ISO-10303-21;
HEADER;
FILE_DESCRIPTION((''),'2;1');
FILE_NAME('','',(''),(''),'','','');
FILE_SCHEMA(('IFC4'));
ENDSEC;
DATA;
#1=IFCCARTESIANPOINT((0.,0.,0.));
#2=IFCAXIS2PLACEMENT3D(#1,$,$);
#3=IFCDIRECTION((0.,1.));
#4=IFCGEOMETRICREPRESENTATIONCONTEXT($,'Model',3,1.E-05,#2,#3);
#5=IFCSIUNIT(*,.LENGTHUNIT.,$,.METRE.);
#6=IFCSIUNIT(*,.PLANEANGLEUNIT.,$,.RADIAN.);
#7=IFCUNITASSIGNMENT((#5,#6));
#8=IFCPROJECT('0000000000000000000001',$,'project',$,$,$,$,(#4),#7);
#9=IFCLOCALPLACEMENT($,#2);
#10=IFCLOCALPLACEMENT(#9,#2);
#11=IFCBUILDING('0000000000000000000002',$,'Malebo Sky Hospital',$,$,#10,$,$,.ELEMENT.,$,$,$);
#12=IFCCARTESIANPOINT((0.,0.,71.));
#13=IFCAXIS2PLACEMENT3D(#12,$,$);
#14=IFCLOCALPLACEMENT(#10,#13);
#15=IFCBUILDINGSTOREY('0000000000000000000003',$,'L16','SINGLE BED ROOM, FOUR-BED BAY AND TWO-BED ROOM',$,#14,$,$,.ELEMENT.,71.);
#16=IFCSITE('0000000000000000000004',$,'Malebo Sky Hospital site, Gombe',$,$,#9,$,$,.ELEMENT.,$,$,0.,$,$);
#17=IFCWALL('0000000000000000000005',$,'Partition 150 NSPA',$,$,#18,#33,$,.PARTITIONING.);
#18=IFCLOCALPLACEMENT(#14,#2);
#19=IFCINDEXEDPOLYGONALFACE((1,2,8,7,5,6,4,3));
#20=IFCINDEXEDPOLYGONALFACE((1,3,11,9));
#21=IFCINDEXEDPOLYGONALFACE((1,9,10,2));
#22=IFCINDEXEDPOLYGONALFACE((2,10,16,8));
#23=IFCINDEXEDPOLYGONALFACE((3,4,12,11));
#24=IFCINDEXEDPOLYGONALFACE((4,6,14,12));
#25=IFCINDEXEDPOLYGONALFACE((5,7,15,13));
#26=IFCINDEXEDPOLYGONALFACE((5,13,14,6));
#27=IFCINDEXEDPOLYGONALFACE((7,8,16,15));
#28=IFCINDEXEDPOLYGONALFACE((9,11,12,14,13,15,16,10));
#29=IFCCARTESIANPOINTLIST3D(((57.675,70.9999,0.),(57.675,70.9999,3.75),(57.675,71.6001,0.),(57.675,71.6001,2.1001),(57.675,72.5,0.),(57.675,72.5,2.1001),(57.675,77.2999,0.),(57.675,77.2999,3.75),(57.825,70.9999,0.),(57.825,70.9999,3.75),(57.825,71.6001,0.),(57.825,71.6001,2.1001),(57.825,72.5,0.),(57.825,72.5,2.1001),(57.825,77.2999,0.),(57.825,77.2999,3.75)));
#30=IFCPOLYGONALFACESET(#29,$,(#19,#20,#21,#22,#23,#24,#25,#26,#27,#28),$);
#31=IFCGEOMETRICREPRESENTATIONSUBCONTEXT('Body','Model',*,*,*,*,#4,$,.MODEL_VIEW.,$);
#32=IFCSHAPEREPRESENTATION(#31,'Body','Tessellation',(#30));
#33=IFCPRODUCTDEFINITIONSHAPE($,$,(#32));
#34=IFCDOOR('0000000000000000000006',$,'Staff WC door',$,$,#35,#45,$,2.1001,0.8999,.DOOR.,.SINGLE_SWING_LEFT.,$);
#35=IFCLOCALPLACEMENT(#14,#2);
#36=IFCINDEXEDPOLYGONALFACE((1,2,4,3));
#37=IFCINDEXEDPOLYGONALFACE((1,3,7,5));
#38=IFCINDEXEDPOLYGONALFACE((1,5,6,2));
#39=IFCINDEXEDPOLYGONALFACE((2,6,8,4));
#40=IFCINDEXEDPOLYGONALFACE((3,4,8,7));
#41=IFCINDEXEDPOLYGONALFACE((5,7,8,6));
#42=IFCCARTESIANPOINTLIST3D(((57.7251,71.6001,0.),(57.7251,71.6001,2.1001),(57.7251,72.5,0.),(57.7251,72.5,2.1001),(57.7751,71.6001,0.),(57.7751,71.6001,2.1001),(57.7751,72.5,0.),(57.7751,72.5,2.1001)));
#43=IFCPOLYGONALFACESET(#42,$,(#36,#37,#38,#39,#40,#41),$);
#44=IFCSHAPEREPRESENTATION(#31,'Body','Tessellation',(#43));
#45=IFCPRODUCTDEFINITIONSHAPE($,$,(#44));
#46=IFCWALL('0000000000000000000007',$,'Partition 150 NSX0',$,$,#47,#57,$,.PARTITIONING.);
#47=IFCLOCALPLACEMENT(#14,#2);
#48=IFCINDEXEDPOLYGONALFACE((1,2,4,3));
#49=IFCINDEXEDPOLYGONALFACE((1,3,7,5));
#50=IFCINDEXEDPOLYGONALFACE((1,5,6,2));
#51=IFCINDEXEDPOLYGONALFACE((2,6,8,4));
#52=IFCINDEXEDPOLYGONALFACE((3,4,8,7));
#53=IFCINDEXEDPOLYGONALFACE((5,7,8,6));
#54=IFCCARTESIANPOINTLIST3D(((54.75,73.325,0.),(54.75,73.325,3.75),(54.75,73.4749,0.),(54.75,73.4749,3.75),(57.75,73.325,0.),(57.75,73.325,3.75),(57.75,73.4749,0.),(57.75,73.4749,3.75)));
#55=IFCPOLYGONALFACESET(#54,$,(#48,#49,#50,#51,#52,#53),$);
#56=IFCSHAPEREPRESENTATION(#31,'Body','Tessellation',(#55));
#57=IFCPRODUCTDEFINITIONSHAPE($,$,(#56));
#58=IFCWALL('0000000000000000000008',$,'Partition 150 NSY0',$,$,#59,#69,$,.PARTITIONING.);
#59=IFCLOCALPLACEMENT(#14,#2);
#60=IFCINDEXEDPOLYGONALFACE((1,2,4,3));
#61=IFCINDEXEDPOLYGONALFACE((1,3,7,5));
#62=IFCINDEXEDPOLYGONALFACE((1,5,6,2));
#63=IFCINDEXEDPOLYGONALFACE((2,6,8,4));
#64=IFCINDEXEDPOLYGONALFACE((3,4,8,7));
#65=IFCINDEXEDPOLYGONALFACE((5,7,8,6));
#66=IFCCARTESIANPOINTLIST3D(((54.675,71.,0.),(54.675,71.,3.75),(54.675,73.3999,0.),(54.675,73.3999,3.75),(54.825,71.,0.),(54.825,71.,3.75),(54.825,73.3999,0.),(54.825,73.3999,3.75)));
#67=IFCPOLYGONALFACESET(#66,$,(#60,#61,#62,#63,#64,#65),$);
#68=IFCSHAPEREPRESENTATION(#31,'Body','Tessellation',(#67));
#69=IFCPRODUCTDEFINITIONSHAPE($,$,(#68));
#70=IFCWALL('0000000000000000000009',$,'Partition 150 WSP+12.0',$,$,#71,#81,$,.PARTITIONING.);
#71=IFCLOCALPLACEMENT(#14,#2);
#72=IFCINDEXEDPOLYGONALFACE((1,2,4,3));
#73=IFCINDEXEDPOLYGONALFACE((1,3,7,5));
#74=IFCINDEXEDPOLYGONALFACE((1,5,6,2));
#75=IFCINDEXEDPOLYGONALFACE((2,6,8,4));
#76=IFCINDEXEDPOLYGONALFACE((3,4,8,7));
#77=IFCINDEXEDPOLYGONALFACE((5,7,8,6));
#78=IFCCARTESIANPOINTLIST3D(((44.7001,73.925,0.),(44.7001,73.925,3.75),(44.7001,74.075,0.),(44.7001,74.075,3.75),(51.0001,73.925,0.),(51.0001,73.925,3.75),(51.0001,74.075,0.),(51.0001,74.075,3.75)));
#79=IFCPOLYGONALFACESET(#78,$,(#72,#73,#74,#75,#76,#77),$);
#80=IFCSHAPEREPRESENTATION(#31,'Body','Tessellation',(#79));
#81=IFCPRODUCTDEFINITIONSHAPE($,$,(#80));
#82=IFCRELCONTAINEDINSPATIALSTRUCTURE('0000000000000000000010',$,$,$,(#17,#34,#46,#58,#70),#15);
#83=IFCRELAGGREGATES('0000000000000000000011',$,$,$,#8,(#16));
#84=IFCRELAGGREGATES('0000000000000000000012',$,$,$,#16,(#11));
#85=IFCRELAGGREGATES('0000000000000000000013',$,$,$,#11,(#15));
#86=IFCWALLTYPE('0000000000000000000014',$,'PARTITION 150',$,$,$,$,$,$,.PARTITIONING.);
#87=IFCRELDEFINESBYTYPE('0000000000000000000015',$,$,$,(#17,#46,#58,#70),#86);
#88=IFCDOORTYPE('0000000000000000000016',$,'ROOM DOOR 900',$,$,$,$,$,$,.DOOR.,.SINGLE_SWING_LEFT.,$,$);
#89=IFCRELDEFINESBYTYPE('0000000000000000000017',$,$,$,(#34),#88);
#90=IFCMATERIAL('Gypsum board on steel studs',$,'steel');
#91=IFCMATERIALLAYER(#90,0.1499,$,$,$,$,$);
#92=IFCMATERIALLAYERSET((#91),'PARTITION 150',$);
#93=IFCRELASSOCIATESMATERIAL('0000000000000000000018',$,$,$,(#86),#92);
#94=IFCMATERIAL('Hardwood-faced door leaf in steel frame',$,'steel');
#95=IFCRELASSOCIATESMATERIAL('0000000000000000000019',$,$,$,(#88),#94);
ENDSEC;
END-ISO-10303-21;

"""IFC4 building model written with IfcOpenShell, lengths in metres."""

from ifc_helpers import new_model, si_unit, direction, frame, frame_2d, origin, place, context, subcontext, project, spatial, rectangle, extrude, material, layer, layer_set, type_object, element, fill, save


model = new_model("IFC4")

# Units and contexts
model_context = context("Model", 3, precision=1e-05, world=origin(), true_north=direction((0.0, 1.0)))
body_context = subcontext(model_context, "Body", "Model", "MODEL_VIEW")
ifc_project = project(units=[si_unit("LENGTHUNIT", "METRE"), si_unit("PLANEANGLEUNIT", "RADIAN")], contexts=[model_context])

# Site, building, storey
site_placement = place(None, origin())
site = spatial("IfcSite", under=ifc_project, at=site_placement, Name="Malebo Sky Hospital site, Gombe", CompositionType="ELEMENT", RefElevation=0.0)
building_placement = place(site_placement, origin())
building = spatial("IfcBuilding", under=site, at=building_placement, Name="Malebo Sky Hospital", CompositionType="ELEMENT")
storey_placement = place(building_placement, frame((0.0, 0.0, 71.0)))
storey = spatial("IfcBuildingStorey", under=building, at=storey_placement, Name="L16", Description="SINGLE BED ROOM, FOUR-BED BAY AND TWO-BED ROOM", CompositionType="ELEMENT", Elevation=71.0)

# Shared definitions
ifc_material_1 = material(Name="Gypsum board on steel studs", Category="steel")
ifc_material_2 = material(Name="Hardwood-faced door leaf in steel frame", Category="steel")

# Shared definitions
ifc_layer_1 = layer(ifc_material_1, 0.1499)
ifc_layer_set_1 = layer_set([ifc_layer_1], Name="PARTITION 150")
wall_type_1 = type_object("IfcWallType", Name="PARTITION 150", PredefinedType="PARTITIONING", material=ifc_layer_set_1)

# Wall, opening, door
wall_1_placement = place(storey_placement, frame((57.75, 71.0, 0.0), z_axis=(0.0, 0.0, 1.0), x_axis=(0.0, 1.0, 0.0)))
wall_1 = element("IfcWall", 1, at=wall_1_placement, inside=storey, type_object=wall_type_1, Name="Partition 150 NSPA", PredefinedType="PARTITIONING", context=body_context, shape_type="SweptSolid", body=[
    extrude(rectangle(XDim=6.3, YDim=0.1499, at=frame_2d((3.1499, 0.0))), origin(), (0.0, 0.0, 1.0), 3.75),
])
opening_1_placement = place(wall_1_placement, frame((0.6001, 0.0, 0.0)))
opening_1 = element("IfcOpeningElement", 2, at=opening_1_placement, cuts=wall_1, PredefinedType="OPENING", context=body_context, shape_type="SweptSolid", body=[
    extrude(rectangle(XDim=0.8999, YDim=2.1001, at=frame_2d((0.45, 1.05))), frame((0.0, 0.085, 0.0), z_axis=(0.0, -1.0, 0.0), x_axis=(1.0, 0.0, 0.0)), (0.0, 0.0, 1.0), 0.1699),
])
door_type_1 = type_object("IfcDoorType", Name="ROOM DOOR 900", OperationType="SINGLE_SWING_LEFT", PredefinedType="DOOR", material=ifc_material_2)
door_1_placement = place(opening_1_placement, origin())
door_1 = element("IfcDoor", 3, at=door_1_placement, inside=storey, type_object=door_type_1, Name="Staff WC door", OperationType="SINGLE_SWING_LEFT", OverallHeight=2.1001, OverallWidth=0.8999, PredefinedType="DOOR", context=body_context, shape_type="SweptSolid", body=[
    extrude(rectangle(XDim=0.8999, YDim=2.1001, at=frame_2d((0.45, 1.05))), frame((0.0, 0.0249, 0.0), z_axis=(0.0, -1.0, 0.0), x_axis=(1.0, 0.0, 0.0)), (0.0, 0.0, 1.0), 0.05),
])
fill(opening_1, door_1)

# Walls
wall_2_placement = place(storey_placement, frame((54.75, 73.3999, 0.0), z_axis=(0.0, 0.0, 1.0), x_axis=(1.0, 0.0, 0.0)))
element("IfcWall", 4, at=wall_2_placement, inside=storey, type_object=wall_type_1, Name="Partition 150 NSX0", PredefinedType="PARTITIONING", context=body_context, shape_type="SweptSolid", body=[
    extrude(rectangle(XDim=3.0, YDim=0.1499, at=frame_2d((1.5, 0.0))), origin(), (0.0, 0.0, 1.0), 3.75),
])
wall_3_placement = place(storey_placement, frame((54.75, 71.0, 0.0), z_axis=(0.0, 0.0, 1.0), x_axis=(0.0, 1.0, 0.0)))
element("IfcWall", 5, at=wall_3_placement, inside=storey, type_object=wall_type_1, Name="Partition 150 NSY0", PredefinedType="PARTITIONING", context=body_context, shape_type="SweptSolid", body=[
    extrude(rectangle(XDim=2.3999, YDim=0.1499, at=frame_2d((1.2, 0.0))), origin(), (0.0, 0.0, 1.0), 3.75),
])
wall_4_placement = place(storey_placement, frame((51.0, 74.0, 0.0), z_axis=(0.0, 0.0, 1.0), x_axis=(-1.0, 0.0, 0.0)))
element("IfcWall", 6, at=wall_4_placement, inside=storey, type_object=wall_type_1, Name="Partition 150 WSP+12.0", PredefinedType="PARTITIONING", context=body_context, shape_type="SweptSolid", body=[
    extrude(rectangle(XDim=6.3, YDim=0.1499, at=frame_2d((3.1499, 0.0))), origin(), (0.0, 0.0, 1.0), 3.75),
])

save(model, "model.ifc")
